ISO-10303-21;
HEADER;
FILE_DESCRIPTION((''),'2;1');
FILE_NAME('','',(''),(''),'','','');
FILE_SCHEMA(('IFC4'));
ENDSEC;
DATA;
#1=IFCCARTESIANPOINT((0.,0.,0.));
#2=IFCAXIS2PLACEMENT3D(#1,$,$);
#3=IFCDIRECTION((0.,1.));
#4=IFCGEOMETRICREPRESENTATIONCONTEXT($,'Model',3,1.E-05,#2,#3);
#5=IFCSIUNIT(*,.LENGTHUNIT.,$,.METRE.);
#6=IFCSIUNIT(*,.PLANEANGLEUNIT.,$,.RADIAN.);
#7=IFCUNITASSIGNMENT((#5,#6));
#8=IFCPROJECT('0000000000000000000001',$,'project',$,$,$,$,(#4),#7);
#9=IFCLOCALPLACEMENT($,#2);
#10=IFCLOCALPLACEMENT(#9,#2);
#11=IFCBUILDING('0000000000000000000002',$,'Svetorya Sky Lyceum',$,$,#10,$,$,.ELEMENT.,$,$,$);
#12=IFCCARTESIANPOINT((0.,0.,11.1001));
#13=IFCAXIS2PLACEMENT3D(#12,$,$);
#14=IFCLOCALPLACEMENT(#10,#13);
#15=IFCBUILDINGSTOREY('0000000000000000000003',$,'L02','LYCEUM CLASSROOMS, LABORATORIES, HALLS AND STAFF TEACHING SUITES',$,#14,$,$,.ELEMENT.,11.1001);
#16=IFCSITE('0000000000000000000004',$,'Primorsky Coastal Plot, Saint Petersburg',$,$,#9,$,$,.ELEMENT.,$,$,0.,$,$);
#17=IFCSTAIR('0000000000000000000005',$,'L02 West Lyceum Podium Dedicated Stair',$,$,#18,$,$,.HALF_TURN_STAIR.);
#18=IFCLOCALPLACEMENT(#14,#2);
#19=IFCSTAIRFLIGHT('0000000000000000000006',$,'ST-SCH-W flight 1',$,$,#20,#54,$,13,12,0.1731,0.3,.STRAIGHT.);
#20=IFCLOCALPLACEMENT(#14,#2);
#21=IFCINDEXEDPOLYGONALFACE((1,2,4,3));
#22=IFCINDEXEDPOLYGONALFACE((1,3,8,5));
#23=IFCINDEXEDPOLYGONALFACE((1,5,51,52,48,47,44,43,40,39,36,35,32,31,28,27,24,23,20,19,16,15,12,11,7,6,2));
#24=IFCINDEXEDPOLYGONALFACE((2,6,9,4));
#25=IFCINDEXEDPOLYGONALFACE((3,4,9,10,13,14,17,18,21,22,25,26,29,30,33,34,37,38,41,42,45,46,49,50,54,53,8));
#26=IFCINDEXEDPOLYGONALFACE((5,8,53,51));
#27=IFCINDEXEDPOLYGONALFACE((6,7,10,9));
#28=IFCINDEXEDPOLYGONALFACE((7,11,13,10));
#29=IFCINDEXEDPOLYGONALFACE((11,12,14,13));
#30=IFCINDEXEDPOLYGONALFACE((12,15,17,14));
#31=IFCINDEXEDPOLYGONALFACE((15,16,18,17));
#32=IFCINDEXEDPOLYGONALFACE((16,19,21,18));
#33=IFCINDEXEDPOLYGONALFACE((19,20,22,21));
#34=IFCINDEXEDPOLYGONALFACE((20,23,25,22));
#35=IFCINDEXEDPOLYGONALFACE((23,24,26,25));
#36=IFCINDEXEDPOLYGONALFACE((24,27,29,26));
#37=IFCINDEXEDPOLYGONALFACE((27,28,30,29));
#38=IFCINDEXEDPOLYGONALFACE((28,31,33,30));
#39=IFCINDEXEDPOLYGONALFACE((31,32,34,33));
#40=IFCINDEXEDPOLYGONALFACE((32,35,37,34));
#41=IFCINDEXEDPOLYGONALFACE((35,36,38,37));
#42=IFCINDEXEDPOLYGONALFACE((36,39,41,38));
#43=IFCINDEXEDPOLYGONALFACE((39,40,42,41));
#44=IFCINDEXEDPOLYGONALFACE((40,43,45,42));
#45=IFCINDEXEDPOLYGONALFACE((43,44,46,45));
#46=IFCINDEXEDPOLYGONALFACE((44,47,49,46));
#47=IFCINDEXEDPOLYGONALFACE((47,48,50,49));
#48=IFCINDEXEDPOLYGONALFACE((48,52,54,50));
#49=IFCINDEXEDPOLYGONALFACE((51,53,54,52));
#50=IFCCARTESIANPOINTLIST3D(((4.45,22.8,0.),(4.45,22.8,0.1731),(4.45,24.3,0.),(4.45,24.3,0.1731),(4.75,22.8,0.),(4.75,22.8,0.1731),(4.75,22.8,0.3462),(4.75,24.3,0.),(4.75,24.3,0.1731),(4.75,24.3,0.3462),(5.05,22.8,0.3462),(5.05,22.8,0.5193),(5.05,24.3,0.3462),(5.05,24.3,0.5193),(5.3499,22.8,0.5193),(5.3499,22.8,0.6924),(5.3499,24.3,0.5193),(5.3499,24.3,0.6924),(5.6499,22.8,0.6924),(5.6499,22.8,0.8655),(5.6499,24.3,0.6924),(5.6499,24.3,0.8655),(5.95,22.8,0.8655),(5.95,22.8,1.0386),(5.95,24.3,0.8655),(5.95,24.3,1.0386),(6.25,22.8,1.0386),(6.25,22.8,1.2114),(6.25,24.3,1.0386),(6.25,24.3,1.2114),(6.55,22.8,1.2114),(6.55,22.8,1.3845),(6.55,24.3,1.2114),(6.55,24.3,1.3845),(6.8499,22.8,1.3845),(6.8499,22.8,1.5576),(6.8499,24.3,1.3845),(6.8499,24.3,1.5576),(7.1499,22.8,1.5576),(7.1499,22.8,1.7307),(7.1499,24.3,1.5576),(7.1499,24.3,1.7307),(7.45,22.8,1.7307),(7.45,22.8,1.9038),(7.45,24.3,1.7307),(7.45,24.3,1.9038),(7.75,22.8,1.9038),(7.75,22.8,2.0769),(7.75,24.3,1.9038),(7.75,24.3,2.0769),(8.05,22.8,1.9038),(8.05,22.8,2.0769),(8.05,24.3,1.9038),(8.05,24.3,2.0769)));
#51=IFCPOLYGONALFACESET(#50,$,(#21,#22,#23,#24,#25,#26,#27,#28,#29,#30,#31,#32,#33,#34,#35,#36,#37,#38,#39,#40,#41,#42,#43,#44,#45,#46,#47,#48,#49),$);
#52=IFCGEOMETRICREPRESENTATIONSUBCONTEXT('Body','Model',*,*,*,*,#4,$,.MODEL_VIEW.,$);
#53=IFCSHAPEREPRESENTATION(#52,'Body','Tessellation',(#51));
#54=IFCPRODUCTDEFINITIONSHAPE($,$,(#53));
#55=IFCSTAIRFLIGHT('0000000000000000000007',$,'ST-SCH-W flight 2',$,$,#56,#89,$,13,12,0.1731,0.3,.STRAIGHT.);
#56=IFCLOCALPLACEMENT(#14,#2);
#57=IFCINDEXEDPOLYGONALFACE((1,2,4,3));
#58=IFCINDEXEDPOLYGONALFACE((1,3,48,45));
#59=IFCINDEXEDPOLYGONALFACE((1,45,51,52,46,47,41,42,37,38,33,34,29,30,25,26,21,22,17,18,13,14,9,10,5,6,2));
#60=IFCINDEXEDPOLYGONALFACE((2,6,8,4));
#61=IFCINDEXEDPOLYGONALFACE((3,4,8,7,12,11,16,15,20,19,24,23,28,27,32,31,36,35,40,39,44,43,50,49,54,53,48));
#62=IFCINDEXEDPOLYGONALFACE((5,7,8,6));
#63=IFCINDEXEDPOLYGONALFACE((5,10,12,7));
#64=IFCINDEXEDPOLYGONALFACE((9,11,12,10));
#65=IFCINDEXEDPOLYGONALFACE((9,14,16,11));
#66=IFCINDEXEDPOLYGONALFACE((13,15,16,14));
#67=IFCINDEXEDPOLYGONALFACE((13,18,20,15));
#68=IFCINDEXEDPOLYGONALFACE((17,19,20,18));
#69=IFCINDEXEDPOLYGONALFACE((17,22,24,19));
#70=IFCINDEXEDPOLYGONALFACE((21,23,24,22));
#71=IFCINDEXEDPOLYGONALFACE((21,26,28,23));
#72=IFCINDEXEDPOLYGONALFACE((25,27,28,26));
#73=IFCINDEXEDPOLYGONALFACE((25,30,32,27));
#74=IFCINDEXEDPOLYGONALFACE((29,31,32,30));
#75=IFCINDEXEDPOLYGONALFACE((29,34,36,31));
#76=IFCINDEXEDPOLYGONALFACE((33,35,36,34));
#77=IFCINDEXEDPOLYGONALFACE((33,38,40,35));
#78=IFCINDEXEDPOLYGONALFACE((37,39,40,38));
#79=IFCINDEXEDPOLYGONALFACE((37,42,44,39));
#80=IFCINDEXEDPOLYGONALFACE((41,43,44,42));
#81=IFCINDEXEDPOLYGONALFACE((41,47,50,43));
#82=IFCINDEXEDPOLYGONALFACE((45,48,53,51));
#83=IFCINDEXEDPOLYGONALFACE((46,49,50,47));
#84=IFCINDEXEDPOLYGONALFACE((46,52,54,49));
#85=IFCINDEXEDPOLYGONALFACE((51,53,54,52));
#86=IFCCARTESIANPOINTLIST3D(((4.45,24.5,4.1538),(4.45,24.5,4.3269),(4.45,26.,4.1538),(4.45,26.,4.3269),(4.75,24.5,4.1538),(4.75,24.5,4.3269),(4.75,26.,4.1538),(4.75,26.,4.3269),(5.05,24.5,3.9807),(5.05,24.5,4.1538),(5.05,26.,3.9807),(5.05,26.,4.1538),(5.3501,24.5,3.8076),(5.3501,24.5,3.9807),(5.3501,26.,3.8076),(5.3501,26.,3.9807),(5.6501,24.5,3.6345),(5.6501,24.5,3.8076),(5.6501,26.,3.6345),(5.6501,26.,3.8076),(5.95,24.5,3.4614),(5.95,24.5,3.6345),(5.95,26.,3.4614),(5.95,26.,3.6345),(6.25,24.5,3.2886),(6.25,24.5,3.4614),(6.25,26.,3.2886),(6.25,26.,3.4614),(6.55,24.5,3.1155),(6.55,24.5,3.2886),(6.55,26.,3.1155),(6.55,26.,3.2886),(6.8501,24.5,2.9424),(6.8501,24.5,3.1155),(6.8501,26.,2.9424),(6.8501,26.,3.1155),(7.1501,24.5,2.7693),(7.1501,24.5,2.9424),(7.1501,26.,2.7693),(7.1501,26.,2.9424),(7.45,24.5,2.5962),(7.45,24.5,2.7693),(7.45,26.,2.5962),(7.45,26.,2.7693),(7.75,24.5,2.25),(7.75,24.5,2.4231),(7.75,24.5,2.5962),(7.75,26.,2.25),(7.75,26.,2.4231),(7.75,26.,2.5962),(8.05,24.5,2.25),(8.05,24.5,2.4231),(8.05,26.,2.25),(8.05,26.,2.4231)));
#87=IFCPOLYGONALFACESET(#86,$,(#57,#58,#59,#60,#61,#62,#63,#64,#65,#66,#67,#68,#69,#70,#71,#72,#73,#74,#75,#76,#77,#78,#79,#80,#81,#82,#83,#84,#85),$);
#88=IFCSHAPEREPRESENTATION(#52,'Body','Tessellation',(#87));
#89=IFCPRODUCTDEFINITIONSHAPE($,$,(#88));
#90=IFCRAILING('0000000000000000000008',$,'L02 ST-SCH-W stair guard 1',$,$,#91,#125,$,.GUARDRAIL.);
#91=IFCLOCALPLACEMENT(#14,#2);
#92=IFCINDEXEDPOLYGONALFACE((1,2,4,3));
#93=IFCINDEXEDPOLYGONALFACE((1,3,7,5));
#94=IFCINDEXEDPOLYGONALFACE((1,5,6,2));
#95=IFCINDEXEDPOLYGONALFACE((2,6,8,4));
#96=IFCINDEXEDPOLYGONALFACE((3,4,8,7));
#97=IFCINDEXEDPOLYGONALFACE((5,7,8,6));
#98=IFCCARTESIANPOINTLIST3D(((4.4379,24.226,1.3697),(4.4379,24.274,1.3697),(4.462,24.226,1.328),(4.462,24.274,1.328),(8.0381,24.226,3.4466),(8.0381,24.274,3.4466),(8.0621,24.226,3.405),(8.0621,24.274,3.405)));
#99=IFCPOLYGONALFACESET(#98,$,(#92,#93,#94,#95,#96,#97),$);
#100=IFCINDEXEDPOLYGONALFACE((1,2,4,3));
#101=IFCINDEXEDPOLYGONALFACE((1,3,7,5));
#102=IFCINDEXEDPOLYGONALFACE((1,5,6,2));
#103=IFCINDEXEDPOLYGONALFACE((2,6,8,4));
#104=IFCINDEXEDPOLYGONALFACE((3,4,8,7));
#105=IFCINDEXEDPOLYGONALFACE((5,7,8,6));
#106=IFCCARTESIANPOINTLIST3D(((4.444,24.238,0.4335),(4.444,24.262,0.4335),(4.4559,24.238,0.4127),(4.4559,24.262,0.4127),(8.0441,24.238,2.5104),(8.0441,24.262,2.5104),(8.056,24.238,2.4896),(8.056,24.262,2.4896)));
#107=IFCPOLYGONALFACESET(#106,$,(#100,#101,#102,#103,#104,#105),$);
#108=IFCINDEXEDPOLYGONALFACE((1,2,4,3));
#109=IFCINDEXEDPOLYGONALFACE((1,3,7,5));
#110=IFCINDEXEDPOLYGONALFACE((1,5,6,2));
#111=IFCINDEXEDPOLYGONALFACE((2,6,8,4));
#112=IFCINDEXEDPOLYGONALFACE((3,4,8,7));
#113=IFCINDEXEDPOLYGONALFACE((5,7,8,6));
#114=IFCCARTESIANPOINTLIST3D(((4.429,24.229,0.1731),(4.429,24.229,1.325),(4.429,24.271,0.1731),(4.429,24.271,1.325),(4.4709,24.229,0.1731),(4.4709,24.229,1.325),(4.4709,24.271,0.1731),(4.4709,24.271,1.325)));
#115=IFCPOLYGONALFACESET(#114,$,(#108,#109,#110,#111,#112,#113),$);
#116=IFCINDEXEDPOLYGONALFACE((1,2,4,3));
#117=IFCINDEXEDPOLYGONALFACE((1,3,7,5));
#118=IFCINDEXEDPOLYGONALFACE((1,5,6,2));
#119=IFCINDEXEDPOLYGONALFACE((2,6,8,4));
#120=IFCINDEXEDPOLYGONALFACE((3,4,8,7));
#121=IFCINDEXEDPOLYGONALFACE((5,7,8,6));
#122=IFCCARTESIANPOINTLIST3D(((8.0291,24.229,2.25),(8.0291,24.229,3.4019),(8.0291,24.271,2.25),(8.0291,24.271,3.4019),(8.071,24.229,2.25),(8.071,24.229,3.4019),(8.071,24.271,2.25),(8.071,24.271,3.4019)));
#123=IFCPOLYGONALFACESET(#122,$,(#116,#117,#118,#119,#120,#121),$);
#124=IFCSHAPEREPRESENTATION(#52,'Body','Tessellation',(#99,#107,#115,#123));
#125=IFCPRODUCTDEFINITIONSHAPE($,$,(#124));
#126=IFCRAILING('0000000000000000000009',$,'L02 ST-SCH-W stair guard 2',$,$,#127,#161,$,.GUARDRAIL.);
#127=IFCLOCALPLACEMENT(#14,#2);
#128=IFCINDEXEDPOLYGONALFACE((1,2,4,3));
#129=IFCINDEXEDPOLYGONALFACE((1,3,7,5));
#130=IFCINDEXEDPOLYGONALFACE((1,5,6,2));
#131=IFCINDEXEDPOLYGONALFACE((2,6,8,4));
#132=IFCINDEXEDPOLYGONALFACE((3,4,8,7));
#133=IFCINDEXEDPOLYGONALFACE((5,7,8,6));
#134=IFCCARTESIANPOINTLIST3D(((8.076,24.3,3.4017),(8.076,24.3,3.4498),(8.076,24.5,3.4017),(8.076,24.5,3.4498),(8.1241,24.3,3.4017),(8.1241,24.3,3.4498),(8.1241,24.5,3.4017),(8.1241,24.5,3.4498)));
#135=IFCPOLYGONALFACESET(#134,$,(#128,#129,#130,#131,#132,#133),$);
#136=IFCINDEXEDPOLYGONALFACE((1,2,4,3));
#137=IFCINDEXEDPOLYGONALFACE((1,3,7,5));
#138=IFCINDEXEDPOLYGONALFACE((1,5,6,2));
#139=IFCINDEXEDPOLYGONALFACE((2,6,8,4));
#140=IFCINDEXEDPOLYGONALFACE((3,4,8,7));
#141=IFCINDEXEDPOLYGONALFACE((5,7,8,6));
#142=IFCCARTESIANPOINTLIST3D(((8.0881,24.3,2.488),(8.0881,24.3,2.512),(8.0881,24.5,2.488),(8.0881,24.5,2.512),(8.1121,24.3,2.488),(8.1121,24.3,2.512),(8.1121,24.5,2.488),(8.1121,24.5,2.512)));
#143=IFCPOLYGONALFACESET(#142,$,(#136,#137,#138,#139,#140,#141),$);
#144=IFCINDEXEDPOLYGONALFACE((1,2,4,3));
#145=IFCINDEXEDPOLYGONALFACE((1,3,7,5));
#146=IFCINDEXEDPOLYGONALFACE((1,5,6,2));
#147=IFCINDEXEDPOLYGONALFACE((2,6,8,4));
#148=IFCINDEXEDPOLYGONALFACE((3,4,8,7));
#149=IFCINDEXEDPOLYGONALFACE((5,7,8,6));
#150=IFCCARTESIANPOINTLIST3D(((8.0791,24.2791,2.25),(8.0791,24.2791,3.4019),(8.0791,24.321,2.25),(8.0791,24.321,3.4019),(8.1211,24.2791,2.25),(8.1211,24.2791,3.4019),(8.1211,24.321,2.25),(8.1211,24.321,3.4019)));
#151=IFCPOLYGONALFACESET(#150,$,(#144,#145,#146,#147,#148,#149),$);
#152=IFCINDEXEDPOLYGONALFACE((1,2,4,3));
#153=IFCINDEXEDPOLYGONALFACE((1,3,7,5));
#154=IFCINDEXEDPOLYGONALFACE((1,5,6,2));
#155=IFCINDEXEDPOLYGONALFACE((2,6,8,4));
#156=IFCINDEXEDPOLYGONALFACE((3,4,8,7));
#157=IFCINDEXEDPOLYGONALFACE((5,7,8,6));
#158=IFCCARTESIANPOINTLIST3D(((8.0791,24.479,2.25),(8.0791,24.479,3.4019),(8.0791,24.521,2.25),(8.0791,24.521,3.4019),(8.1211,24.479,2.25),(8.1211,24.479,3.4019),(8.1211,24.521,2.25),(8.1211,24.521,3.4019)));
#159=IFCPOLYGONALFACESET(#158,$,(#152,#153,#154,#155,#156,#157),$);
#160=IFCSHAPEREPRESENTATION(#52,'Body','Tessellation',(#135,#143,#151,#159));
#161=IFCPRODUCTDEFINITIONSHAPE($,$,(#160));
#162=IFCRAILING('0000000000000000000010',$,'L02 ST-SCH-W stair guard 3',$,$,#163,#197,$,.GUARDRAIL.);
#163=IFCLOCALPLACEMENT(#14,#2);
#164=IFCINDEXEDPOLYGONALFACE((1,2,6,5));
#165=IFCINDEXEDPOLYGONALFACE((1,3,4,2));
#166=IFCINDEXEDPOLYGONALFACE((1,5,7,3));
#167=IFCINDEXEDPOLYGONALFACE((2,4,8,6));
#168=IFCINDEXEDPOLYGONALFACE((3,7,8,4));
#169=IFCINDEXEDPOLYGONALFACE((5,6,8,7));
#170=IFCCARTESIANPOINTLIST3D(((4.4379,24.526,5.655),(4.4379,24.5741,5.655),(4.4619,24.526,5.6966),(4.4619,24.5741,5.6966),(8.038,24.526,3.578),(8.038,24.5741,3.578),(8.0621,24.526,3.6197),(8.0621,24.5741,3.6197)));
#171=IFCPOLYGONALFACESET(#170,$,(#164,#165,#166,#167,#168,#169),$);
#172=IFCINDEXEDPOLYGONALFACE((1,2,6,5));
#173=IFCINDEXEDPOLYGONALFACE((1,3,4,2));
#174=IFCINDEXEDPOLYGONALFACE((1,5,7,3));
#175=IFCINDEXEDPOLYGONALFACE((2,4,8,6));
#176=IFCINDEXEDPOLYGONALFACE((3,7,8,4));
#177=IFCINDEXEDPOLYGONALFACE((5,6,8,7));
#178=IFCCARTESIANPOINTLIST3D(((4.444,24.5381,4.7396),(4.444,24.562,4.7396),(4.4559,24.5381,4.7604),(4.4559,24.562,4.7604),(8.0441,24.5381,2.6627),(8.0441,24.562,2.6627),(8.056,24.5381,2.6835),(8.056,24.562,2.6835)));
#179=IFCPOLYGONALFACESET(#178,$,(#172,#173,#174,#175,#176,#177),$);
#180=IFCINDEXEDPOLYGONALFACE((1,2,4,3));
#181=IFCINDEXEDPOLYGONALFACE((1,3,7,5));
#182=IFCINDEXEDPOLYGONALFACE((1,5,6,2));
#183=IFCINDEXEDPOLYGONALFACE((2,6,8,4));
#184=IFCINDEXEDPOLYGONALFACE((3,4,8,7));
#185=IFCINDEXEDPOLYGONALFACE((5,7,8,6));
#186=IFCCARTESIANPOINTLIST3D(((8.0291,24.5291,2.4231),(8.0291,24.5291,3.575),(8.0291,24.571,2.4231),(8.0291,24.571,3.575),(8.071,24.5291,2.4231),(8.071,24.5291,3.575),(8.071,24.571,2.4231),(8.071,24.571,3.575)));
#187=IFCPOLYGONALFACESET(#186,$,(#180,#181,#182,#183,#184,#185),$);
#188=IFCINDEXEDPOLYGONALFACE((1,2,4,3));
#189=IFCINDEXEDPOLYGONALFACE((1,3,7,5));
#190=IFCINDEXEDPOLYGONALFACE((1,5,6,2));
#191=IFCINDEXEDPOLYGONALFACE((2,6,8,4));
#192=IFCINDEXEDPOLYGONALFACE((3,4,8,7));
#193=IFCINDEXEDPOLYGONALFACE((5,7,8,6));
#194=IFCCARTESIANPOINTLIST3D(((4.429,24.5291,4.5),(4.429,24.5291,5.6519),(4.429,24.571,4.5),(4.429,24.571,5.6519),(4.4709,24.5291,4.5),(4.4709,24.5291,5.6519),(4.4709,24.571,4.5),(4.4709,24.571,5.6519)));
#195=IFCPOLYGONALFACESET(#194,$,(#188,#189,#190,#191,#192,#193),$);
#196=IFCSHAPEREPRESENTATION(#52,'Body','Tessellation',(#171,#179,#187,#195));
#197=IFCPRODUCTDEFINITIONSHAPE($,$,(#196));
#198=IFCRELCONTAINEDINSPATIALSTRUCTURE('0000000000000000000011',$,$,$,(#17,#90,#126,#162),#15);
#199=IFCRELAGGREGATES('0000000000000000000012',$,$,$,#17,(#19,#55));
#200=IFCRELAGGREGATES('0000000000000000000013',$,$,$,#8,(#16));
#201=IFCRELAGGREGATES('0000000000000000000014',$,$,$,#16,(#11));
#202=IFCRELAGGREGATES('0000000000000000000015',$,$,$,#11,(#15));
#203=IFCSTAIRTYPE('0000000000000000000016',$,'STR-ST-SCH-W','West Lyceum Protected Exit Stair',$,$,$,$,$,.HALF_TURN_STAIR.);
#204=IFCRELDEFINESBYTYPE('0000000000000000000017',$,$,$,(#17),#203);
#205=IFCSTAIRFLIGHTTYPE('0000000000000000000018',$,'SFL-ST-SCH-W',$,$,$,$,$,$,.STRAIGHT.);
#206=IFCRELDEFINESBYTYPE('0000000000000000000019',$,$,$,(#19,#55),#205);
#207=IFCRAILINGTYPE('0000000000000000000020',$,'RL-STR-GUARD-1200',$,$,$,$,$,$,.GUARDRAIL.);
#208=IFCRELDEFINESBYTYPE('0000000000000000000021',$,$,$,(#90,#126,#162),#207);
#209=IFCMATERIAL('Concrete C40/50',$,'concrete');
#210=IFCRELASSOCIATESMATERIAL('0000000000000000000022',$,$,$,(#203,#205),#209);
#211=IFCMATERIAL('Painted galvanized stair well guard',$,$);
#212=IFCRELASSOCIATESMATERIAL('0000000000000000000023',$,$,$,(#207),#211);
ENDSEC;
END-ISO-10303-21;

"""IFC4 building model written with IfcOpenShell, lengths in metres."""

from ifc_helpers import new_model, si_unit, direction, frame, origin, origin_2d, place, context, subcontext, project, spatial, polyline, rectangle, outline, extrude, material, type_object, element, aggregate, save


model = new_model("IFC4")

# Units and contexts
model_context = context("Model", 3, precision=1e-05, world=origin(), true_north=direction((0.0, 1.0)))
body_context = subcontext(model_context, "Body", "Model", "MODEL_VIEW")
ifc_project = project(units=[si_unit("LENGTHUNIT", "METRE"), si_unit("PLANEANGLEUNIT", "RADIAN")], contexts=[model_context])

# Site, building, storey
site_placement = place(None, origin())
site = spatial("IfcSite", under=ifc_project, at=site_placement, Name="Primorsky Coastal Plot, Saint Petersburg", CompositionType="ELEMENT", RefElevation=0.0)
building_placement = place(site_placement, origin())
building = spatial("IfcBuilding", under=site, at=building_placement, Name="Svetorya Sky Lyceum", CompositionType="ELEMENT")
storey_placement = place(building_placement, frame((0.0, 0.0, 11.1001)))
storey = spatial("IfcBuildingStorey", under=building, at=storey_placement, Name="L02", Description="LYCEUM CLASSROOMS, LABORATORIES, HALLS AND STAFF TEACHING SUITES", CompositionType="ELEMENT", Elevation=11.1001)

# Stair, stair flights
ifc_material_1 = material(Name="Concrete C40/50", Category="concrete")
stair_type = type_object("IfcStairType", Name="STR-ST-SCH-W", Description="West Lyceum Protected Exit Stair", PredefinedType="HALF_TURN_STAIR", material=ifc_material_1)
stair_placement = place(storey_placement, origin())
stair = element("IfcStair", 1, at=stair_placement, inside=storey, type_object=stair_type, Name="L02 West Lyceum Podium Dedicated Stair", PredefinedType="HALF_TURN_STAIR")
stair_flight_type = type_object("IfcStairFlightType", Name="SFL-ST-SCH-W", PredefinedType="STRAIGHT", material=ifc_material_1)
stair_flight_1_placement = place(storey_placement, frame((4.45, 23.55, 0.0), z_axis=(0.0, 0.0, 1.0), x_axis=(1.0, 0.0, 0.0)))
stair_flight_1 = element("IfcStairFlight", 2, at=stair_flight_1_placement, type_object=stair_flight_type, Name="ST-SCH-W flight 1", NumberOfRisers=13, NumberOfTreads=12, PredefinedType="STRAIGHT", RiserHeight=0.1731, TreadLength=0.3, context=body_context, shape_type="SweptSolid", body=[
    extrude(outline(polyline([(0.0, 0.0), (0.0, 0.1731), (0.3, 0.1731), (0.3, 0.3462), (0.6001, 0.3462), (0.6001, 0.5193), (0.8999, 0.5193), (0.8999, 0.6924), (1.2, 0.6924), (1.2, 0.8655), (1.5, 0.8655), (1.5, 1.0386), (1.8, 1.0386), (1.8, 1.2114), (2.1001, 1.2114), (2.1001, 1.3845), (2.3999, 1.3845), (2.3999, 1.5576), (2.7, 1.5576), (2.7, 1.7307), (3.0, 1.7307), (3.0, 1.9038), (3.3, 1.9038), (3.3, 2.0769), (3.6001, 2.0769), (3.6001, 2.25), (3.6001, 1.9038), (0.3, 0.0), (0.0, 0.0)])), frame((0.0, 0.75, 0.0), z_axis=(0.0, -1.0, 0.0), x_axis=(1.0, 0.0, 0.0)), (0.0, 0.0, 1.0), 1.5),
])
stair_flight_2_placement = place(storey_placement, frame((8.05, 25.25, 2.25), z_axis=(0.0, 0.0, 1.0), x_axis=(-1.0, 0.0, 0.0)))
stair_flight_2 = element("IfcStairFlight", 3, at=stair_flight_2_placement, type_object=stair_flight_type, Name="ST-SCH-W flight 2", NumberOfRisers=13, NumberOfTreads=12, PredefinedType="STRAIGHT", RiserHeight=0.1731, TreadLength=0.3, context=body_context, shape_type="SweptSolid", body=[
    extrude(outline(polyline([(0.0, 0.0), (0.0, 0.1731), (0.3, 0.1731), (0.3, 0.3462), (0.6001, 0.3462), (0.6001, 0.5193), (0.8999, 0.5193), (0.8999, 0.6924), (1.2, 0.6924), (1.2, 0.8655), (1.5, 0.8655), (1.5, 1.0386), (1.8, 1.0386), (1.8, 1.2114), (2.1001, 1.2114), (2.1001, 1.3845), (2.3999, 1.3845), (2.3999, 1.5576), (2.7, 1.5576), (2.7, 1.7307), (3.0, 1.7307), (3.0, 1.9038), (3.3, 1.9038), (3.3, 2.0769), (3.6001, 2.0769), (3.6001, 2.25), (3.6001, 1.9038), (0.3, 0.0), (0.0, 0.0)])), frame((0.0, 0.75, 0.0), z_axis=(0.0, -1.0, 0.0), x_axis=(1.0, 0.0, 0.0)), (0.0, 0.0, 1.0), 1.5),
])
aggregate(stair, [stair_flight_1, stair_flight_2])

# Railings
ifc_material_2 = material(Name="Painted galvanized stair well guard")
railing_type_1 = type_object("IfcRailingType", Name="RL-STR-GUARD-1200", PredefinedType="GUARDRAIL", material=ifc_material_2)
railing_1_placement = place(storey_placement, frame((4.45, 24.25, 0.1731)))
element("IfcRailing", 4, at=railing_1_placement, inside=storey, type_object=railing_type_1, Name="L02 ST-SCH-W stair guard 1", PredefinedType="GUARDRAIL", context=body_context, shape_type="SweptSolid", body=[
    extrude(rectangle(XDim=0.0481, YDim=0.0481, at=origin_2d()), frame((0.0, 0.0, 1.1758), z_axis=(0.866193, 0.0, 0.499709), x_axis=(0.0, 1.0, 0.0)), (0.0, 0.0, 1.0), 4.1562),
    extrude(rectangle(XDim=0.0239, YDim=0.0239, at=origin_2d()), frame((0.0, 0.0, 0.25), z_axis=(0.866193, 0.0, 0.499709), x_axis=(0.0, 1.0, 0.0)), (0.0, 0.0, 1.0), 4.1562),
    extrude(rectangle(XDim=0.042, YDim=0.042, at=origin_2d()), origin(), (0.0, 0.0, 1.0), 1.1519),
    extrude(rectangle(XDim=0.042, YDim=0.042, at=origin_2d()), frame((3.6001, 0.0, 2.0769)), (0.0, 0.0, 1.0), 1.1519),
])
railing_2_placement = place(storey_placement, frame((8.1001, 24.3, 2.25)))
element("IfcRailing", 5, at=railing_2_placement, inside=storey, type_object=railing_type_1, Name="L02 ST-SCH-W stair guard 2", PredefinedType="GUARDRAIL", context=body_context, shape_type="SweptSolid", body=[
    extrude(rectangle(XDim=0.0481, YDim=0.0481, at=origin_2d()), frame((0.0, 0.0, 1.1758), z_axis=(0.0, 1.0, 0.0), x_axis=(-1.0, 0.0, 0.0)), (0.0, 0.0, 1.0), 0.2),
    extrude(rectangle(XDim=0.0239, YDim=0.0239, at=origin_2d()), frame((0.0, 0.0, 0.25), z_axis=(0.0, 1.0, 0.0), x_axis=(-1.0, 0.0, 0.0)), (0.0, 0.0, 1.0), 0.2),
    extrude(rectangle(XDim=0.042, YDim=0.042, at=origin_2d()), origin(), (0.0, 0.0, 1.0), 1.1519),
    extrude(rectangle(XDim=0.042, YDim=0.042, at=origin_2d()), frame((0.0, 0.2, 0.0)), (0.0, 0.0, 1.0), 1.1519),
])
railing_3_placement = place(storey_placement, frame((8.05, 24.55, 2.4231)))
element("IfcRailing", 6, at=railing_3_placement, inside=storey, type_object=railing_type_1, Name="L02 ST-SCH-W stair guard 3", PredefinedType="GUARDRAIL", context=body_context, shape_type="SweptSolid", body=[
    extrude(rectangle(XDim=0.0481, YDim=0.0481, at=origin_2d()), frame((0.0, 0.0, 1.1758), z_axis=(-0.866193, 0.0, 0.499709), x_axis=(0.0, -1.0, 0.0)), (0.0, 0.0, 1.0), 4.1562),
    extrude(rectangle(XDim=0.0239, YDim=0.0239, at=origin_2d()), frame((0.0, 0.0, 0.25), z_axis=(-0.866193, 0.0, 0.499709), x_axis=(0.0, -1.0, 0.0)), (0.0, 0.0, 1.0), 4.1562),
    extrude(rectangle(XDim=0.042, YDim=0.042, at=origin_2d()), origin(), (0.0, 0.0, 1.0), 1.1519),
    extrude(rectangle(XDim=0.042, YDim=0.042, at=origin_2d()), frame((-3.6001, 0.0, 2.0769)), (0.0, 0.0, 1.0), 1.1519),
])

save(model, "model.ifc")
